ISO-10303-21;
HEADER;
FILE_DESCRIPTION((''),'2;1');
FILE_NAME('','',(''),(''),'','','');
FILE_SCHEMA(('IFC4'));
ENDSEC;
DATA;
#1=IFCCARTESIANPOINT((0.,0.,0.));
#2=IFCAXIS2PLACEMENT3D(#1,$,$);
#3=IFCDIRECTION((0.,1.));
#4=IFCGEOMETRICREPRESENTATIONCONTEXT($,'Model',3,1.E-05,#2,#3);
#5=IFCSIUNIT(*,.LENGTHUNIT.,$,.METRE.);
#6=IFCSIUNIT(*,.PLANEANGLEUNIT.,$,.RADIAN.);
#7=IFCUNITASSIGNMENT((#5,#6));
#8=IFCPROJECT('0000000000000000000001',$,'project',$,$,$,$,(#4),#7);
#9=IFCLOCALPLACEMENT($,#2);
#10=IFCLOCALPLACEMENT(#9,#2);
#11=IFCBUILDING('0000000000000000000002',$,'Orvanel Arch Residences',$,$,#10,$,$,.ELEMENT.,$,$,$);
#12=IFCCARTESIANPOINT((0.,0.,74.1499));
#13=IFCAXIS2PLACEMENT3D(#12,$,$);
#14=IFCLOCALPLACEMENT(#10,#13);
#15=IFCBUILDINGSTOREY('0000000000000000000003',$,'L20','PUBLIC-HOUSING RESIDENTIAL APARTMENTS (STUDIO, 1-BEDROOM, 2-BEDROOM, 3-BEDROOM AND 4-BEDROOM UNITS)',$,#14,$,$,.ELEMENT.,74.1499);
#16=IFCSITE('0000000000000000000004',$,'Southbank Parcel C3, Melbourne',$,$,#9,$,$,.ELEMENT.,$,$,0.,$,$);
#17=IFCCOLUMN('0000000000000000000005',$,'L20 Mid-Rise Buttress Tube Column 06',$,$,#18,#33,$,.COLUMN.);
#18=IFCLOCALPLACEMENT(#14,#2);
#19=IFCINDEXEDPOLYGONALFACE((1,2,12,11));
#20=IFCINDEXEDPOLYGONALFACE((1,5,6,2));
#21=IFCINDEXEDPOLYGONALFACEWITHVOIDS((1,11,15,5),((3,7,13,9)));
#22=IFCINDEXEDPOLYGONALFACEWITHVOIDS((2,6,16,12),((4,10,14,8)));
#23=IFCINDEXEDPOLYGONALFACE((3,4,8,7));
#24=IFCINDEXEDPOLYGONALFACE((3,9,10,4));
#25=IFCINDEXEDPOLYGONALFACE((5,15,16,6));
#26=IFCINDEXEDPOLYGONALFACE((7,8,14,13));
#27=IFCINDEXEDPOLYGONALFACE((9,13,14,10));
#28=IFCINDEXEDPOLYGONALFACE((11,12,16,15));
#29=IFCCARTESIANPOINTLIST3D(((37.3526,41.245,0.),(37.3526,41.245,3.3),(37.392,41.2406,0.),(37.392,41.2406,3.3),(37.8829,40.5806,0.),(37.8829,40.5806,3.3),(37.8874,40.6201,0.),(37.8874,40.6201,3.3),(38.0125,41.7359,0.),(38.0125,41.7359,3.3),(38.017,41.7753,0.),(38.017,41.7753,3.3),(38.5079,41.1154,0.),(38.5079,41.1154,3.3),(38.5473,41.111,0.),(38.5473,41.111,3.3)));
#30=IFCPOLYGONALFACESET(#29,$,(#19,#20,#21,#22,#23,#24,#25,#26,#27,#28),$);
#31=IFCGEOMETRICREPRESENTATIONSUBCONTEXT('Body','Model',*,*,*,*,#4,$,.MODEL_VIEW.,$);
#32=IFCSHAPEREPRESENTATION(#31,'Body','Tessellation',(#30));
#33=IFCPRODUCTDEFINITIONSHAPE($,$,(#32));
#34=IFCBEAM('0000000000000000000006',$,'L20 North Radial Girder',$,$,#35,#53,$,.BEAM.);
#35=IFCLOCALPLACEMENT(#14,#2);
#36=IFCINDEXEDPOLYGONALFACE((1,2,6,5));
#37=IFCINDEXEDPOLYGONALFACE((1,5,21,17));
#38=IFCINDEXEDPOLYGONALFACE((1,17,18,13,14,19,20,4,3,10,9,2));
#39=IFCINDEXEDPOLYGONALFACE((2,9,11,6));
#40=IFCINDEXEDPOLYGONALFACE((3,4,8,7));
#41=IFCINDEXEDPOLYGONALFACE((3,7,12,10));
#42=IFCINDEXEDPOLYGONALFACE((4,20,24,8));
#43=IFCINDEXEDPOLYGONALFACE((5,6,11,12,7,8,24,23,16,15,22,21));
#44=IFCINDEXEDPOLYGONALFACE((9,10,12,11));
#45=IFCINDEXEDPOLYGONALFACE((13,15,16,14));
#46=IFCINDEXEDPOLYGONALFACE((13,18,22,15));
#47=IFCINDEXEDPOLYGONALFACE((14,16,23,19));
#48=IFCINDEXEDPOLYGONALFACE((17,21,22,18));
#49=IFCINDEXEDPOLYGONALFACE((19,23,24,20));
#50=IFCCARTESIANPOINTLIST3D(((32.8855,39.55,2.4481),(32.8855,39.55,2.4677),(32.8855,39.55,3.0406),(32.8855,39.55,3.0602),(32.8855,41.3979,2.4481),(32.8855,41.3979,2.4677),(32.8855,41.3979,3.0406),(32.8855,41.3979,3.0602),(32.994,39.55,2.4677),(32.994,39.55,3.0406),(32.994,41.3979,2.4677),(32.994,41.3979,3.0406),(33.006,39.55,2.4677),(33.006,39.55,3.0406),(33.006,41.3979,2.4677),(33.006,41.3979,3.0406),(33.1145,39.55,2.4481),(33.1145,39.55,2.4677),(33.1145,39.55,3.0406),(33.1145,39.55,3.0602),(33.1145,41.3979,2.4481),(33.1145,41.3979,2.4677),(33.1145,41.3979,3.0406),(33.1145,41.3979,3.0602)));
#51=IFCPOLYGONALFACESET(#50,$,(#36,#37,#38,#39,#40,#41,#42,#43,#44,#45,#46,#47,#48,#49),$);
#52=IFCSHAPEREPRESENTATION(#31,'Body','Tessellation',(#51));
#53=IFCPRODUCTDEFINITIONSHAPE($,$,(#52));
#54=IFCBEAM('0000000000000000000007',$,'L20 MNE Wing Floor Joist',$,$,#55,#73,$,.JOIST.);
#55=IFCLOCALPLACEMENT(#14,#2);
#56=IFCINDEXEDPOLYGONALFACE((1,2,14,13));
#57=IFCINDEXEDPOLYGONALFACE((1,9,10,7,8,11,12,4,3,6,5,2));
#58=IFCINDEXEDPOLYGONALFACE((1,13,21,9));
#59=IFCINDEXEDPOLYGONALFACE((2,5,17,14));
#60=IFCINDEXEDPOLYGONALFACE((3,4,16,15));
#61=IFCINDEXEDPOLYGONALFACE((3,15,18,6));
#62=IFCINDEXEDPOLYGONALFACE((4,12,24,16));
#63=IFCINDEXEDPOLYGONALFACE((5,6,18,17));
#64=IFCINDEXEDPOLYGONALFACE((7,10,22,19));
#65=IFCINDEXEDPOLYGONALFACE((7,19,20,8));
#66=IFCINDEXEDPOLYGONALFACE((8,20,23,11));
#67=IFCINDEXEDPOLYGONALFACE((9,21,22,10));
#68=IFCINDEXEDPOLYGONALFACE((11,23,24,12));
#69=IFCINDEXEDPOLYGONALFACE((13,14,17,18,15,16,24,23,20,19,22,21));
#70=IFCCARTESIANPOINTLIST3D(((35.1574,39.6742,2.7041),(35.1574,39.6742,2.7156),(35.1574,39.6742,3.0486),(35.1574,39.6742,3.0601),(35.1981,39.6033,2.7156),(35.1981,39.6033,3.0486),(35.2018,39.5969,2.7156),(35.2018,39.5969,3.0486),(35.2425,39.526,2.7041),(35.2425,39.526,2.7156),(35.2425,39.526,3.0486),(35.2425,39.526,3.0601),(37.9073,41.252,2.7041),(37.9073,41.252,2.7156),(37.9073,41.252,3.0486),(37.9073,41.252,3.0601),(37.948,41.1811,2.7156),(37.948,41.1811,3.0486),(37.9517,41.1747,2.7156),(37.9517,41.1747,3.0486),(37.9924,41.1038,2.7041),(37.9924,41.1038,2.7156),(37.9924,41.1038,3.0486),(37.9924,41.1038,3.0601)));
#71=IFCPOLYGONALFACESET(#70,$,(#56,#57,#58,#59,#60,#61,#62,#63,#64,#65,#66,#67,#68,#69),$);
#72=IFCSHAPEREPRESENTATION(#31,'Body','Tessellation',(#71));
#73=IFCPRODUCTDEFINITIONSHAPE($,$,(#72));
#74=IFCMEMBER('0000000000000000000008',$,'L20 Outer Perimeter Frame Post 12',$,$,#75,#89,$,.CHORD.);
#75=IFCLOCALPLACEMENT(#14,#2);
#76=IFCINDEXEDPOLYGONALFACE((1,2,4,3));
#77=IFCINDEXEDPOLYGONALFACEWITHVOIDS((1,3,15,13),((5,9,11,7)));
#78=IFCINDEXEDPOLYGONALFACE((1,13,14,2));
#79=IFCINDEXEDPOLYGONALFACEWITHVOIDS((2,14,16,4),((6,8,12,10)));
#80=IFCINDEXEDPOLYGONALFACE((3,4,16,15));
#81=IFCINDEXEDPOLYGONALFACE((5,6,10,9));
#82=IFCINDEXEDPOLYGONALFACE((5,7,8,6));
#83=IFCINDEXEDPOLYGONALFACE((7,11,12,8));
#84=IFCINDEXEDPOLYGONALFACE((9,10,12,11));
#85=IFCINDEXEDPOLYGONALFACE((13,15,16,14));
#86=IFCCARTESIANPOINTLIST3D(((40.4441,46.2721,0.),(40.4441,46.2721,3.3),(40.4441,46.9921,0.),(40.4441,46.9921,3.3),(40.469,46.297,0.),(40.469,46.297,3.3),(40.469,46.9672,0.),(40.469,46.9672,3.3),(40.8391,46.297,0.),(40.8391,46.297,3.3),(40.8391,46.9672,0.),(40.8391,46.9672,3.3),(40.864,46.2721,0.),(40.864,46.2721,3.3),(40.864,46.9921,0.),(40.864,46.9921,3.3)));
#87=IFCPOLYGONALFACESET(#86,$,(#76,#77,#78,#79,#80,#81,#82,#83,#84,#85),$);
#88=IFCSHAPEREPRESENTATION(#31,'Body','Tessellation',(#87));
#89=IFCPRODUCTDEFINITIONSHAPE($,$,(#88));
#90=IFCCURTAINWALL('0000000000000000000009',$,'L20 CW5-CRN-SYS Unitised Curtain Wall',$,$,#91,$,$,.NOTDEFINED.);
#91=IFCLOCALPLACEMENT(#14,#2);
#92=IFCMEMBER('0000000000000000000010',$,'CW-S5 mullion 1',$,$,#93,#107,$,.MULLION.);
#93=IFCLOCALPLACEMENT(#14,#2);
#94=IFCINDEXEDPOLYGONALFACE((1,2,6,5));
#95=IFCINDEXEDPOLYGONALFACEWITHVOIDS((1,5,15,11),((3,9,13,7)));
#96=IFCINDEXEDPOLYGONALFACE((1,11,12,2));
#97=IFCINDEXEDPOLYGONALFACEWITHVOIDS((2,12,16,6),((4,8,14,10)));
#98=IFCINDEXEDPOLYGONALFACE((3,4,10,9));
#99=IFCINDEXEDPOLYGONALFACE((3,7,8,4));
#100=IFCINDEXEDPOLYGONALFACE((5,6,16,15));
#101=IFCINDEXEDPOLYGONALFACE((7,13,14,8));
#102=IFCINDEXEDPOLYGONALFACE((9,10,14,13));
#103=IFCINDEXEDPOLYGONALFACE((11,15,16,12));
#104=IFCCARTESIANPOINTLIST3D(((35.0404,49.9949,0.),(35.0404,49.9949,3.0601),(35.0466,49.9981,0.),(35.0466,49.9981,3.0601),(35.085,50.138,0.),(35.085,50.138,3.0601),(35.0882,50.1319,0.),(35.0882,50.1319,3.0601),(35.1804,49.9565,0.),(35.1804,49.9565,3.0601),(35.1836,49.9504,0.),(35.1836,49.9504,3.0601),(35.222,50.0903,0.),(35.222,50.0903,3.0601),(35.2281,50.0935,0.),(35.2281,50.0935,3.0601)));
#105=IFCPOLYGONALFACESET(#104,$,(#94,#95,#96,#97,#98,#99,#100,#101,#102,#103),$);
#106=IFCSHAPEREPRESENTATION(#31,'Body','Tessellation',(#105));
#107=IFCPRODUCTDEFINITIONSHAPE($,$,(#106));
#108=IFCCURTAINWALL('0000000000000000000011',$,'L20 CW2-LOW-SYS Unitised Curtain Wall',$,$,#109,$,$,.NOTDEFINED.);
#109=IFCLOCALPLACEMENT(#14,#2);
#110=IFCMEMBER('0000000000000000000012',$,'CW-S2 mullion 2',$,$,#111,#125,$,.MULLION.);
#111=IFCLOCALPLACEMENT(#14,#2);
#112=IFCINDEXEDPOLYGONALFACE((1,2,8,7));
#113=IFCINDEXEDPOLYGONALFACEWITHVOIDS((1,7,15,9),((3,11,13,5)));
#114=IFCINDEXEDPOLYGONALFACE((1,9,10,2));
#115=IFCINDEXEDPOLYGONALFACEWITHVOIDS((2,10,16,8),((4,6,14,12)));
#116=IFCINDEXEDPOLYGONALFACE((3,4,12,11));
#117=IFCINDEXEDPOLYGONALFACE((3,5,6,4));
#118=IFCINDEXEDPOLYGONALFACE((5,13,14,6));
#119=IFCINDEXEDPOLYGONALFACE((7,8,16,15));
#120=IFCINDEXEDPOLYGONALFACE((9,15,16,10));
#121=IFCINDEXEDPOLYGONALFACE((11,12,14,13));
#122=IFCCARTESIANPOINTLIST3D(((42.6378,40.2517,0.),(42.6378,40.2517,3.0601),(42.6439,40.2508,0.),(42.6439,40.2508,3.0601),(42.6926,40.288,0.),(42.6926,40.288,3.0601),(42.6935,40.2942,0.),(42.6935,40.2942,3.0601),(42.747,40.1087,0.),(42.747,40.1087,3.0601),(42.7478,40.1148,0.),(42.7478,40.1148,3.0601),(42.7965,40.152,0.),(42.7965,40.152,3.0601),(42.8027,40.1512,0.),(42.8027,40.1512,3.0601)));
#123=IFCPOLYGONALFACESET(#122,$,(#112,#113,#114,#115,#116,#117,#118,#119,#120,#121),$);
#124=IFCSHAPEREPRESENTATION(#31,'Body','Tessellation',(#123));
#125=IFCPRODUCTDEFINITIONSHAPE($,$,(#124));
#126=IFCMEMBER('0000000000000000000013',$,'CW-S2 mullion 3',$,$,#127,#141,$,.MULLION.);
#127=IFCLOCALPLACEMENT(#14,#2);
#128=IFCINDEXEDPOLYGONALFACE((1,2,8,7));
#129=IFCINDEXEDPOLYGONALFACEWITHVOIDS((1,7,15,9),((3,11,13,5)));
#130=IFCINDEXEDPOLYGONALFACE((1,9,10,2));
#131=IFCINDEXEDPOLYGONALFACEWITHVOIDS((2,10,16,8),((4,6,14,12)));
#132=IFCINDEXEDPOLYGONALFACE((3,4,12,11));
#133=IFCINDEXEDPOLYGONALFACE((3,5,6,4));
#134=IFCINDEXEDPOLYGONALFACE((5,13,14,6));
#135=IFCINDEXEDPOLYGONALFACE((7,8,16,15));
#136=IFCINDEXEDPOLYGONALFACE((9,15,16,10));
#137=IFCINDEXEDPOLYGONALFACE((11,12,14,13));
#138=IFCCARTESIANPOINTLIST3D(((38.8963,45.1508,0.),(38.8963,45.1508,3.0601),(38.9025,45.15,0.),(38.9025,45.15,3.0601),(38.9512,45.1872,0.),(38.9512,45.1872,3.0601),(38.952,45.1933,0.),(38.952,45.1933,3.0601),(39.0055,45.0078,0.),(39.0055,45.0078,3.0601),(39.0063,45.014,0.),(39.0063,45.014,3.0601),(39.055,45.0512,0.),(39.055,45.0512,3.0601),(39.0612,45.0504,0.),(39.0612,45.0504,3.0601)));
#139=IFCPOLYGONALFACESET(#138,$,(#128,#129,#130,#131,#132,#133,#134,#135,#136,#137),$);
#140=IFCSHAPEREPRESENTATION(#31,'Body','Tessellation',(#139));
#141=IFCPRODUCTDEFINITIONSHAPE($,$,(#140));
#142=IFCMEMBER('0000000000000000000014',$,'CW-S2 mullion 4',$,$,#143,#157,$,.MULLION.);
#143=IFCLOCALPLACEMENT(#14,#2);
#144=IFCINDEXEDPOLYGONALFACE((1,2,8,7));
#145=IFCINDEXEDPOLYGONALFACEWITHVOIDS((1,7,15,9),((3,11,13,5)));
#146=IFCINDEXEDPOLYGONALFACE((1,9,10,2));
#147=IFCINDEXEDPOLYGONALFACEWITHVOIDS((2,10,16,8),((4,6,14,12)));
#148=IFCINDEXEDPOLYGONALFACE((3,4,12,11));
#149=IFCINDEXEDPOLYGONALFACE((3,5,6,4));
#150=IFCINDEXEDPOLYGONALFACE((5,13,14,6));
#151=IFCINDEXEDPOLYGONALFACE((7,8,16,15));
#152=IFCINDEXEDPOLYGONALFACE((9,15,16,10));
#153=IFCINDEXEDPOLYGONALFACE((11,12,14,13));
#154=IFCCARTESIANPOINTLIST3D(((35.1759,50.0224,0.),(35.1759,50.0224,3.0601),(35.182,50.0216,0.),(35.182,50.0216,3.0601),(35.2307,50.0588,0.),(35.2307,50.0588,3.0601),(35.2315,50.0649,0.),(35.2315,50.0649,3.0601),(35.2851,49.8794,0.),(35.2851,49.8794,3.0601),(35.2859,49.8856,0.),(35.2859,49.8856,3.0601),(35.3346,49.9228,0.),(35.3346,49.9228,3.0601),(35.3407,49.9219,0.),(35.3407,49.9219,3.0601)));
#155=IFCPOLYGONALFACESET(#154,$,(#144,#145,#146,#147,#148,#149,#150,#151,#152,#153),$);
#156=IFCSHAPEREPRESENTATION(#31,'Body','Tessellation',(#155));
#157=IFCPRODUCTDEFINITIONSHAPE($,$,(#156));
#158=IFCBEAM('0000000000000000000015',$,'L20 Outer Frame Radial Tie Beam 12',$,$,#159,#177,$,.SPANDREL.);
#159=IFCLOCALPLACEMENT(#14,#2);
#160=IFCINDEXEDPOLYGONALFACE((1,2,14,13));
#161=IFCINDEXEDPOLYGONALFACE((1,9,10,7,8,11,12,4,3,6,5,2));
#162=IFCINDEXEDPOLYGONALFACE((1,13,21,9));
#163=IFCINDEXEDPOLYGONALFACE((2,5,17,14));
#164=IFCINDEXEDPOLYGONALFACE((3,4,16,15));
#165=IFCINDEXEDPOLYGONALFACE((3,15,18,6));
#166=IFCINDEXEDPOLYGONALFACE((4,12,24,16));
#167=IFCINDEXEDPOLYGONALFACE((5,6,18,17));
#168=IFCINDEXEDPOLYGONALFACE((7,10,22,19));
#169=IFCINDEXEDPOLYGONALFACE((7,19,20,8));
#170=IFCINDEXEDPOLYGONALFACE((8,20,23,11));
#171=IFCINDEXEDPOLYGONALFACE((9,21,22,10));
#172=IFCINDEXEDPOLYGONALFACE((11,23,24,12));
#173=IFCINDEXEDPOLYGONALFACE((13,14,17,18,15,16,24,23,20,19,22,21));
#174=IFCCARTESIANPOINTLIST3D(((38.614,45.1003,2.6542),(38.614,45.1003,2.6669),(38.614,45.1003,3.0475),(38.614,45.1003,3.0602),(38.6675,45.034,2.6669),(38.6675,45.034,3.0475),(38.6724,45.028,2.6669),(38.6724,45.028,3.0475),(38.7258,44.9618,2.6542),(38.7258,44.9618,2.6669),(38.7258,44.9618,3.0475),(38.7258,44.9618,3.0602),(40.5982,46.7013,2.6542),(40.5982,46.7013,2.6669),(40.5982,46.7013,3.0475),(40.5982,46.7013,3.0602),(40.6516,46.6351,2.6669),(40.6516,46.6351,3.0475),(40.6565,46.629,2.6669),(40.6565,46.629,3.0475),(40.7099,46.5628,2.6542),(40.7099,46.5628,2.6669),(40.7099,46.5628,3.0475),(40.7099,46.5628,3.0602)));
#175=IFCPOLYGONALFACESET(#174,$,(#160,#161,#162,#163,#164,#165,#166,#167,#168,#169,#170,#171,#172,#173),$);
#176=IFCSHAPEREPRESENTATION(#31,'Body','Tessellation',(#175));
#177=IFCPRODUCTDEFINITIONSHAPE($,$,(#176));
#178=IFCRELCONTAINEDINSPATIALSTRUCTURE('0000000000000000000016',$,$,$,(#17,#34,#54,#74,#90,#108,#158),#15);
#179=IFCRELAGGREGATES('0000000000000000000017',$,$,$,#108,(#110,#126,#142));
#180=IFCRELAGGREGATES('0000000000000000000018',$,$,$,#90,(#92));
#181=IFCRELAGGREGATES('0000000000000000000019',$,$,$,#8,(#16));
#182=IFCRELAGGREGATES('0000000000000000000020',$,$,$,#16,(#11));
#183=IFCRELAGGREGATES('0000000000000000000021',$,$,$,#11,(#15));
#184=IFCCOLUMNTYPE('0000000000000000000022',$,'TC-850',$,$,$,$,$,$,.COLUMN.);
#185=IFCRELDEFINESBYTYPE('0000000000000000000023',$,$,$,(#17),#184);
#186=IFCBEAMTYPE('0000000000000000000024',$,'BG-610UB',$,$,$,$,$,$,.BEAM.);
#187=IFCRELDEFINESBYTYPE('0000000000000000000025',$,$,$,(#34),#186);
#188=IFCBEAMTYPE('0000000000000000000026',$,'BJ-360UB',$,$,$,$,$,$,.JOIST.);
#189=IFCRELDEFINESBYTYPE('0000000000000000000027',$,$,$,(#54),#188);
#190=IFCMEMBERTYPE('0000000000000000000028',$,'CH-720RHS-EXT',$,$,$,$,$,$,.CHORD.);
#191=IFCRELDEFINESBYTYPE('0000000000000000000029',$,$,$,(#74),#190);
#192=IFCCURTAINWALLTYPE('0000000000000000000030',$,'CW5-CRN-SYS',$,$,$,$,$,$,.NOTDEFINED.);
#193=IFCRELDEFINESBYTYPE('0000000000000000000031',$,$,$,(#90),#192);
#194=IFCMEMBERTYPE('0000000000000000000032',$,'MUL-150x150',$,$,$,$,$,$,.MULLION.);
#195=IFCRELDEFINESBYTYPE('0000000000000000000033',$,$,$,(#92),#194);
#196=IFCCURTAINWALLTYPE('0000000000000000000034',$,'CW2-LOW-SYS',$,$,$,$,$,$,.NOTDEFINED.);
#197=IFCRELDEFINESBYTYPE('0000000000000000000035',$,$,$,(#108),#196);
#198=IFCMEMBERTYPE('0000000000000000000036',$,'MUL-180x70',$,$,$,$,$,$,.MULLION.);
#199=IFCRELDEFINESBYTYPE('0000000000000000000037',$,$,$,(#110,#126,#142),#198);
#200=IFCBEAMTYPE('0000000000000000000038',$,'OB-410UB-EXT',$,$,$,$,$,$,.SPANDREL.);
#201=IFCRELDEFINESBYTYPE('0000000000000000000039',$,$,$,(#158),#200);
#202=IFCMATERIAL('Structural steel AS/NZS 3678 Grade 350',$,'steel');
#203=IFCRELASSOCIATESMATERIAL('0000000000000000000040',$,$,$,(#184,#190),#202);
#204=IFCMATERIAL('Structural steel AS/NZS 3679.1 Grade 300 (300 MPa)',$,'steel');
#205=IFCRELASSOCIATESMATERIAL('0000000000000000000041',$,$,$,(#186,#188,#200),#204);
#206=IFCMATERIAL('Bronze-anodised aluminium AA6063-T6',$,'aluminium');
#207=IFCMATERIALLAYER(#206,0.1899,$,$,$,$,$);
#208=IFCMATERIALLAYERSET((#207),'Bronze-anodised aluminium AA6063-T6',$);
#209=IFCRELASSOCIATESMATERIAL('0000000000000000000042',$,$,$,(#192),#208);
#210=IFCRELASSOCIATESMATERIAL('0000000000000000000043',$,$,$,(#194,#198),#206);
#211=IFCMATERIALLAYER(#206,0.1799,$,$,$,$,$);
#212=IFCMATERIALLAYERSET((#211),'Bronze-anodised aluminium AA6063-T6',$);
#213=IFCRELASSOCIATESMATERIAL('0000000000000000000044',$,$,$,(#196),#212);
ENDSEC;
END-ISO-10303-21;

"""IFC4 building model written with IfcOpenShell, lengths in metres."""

from ifc_helpers import new_model, si_unit, direction, frame, origin, origin_2d, place, context, subcontext, project, spatial, hollow_rectangle, i_section, extrude, material, layer, layer_set, material_profile, profile_set, type_object, element, aggregate, save


model = new_model("IFC4")

# Units and contexts
model_context = context("Model", 3, precision=1e-05, world=origin(), true_north=direction((0.0, 1.0)))
body_context = subcontext(model_context, "Body", "Model", "MODEL_VIEW")
ifc_project = project(units=[si_unit("LENGTHUNIT", "METRE"), si_unit("PLANEANGLEUNIT", "RADIAN")], contexts=[model_context])

# Site, building, storey
site_placement = place(None, origin())
site = spatial("IfcSite", under=ifc_project, at=site_placement, Name="Southbank Parcel C3, Melbourne", CompositionType="ELEMENT", RefElevation=0.0)
building_placement = place(site_placement, origin())
building = spatial("IfcBuilding", under=site, at=building_placement, Name="Orvanel Arch Residences", CompositionType="ELEMENT")
storey_placement = place(building_placement, frame((0.0, 0.0, 74.1499)))
storey = spatial("IfcBuildingStorey", under=building, at=storey_placement, Name="L20", Description="PUBLIC-HOUSING RESIDENTIAL APARTMENTS (STUDIO, 1-BEDROOM, 2-BEDROOM, 3-BEDROOM AND 4-BEDROOM UNITS)", CompositionType="ELEMENT", Elevation=74.1499)

# Column
ifc_material_1 = material(Name="Structural steel AS/NZS 3678 Grade 350", Category="steel")
ifc_material_profile_1 = material_profile(ifc_material_1, hollow_rectangle(XDim=0.8501, YDim=0.8501, WallThickness=0.0281, at=origin_2d()), Name="BOX850x850x28")
ifc_profile_set_1 = profile_set([ifc_material_profile_1], Name="Structural steel AS/NZS 3678 Grade 350")
column_type = type_object("IfcColumnType", Name="TC-850", PredefinedType="COLUMN", material=ifc_profile_set_1)
column_placement = place(storey_placement, frame((37.95, 41.178, 0.0), z_axis=(0.0, 0.0, 1.0), x_axis=(-0.62388, 0.78152, 0.0)))
element("IfcColumn", 1, at=column_placement, inside=storey, type_object=column_type, Name="L20 Mid-Rise Buttress Tube Column 06", PredefinedType="COLUMN", context=body_context, shape_type="SweptSolid", body=[
    extrude(hollow_rectangle(XDim=0.8501, YDim=0.8501, WallThickness=0.0281, at=origin_2d()), origin(), (0.0, 0.0, 1.0), 3.3),
])

# Beams
ifc_material_2 = material(Name="Structural steel AS/NZS 3679.1 Grade 300 (300 MPa)", Category="steel")
ifc_material_profile_2 = material_profile(ifc_material_2, i_section(OverallWidth=0.229, OverallDepth=0.6121, WebThickness=0.012, FlangeThickness=0.0195, at=origin_2d()), Name="610UB125")
ifc_profile_set_2 = profile_set([ifc_material_profile_2], Name="Structural steel AS/NZS 3679.1 Grade 300 (300 MPa)")
beam_type_1 = type_object("IfcBeamType", Name="BG-610UB", PredefinedType="BEAM", material=ifc_profile_set_2)
beam_1_placement = place(storey_placement, frame((33.0, 39.55, 2.7542), z_axis=(0.0, 1.0, 0.0), x_axis=(-1.0, 0.0, 0.0)))
element("IfcBeam", 2, at=beam_1_placement, inside=storey, type_object=beam_type_1, Name="L20 North Radial Girder", PredefinedType="BEAM", context=body_context, shape_type="SweptSolid", body=[
    extrude(i_section(OverallWidth=0.229, OverallDepth=0.6121, WebThickness=0.012, FlangeThickness=0.0195, at=origin_2d()), origin(), (0.0, 0.0, 1.0), 1.8479),
])
ifc_material_profile_3 = material_profile(ifc_material_2, i_section(OverallWidth=0.1709, OverallDepth=0.356, WebThickness=0.0073, FlangeThickness=0.0115, at=origin_2d()), Name="360UB50.7")
ifc_profile_set_3 = profile_set([ifc_material_profile_3], Name="Structural steel AS/NZS 3679.1 Grade 300 (300 MPa)")
beam_type_2 = type_object("IfcBeamType", Name="BJ-360UB", PredefinedType="JOIST", material=ifc_profile_set_3)
beam_2_placement = place(storey_placement, frame((35.2, 39.6001, 2.8821), z_axis=(0.867365, 0.497672, 0.0), x_axis=(-0.497672, 0.867365, 0.0)))
element("IfcBeam", 3, at=beam_2_placement, inside=storey, type_object=beam_type_2, Name="L20 MNE Wing Floor Joist", PredefinedType="JOIST", context=body_context, shape_type="SweptSolid", body=[
    extrude(i_section(OverallWidth=0.1709, OverallDepth=0.356, WebThickness=0.0073, FlangeThickness=0.0115, at=origin_2d()), origin(), (0.0, 0.0, 1.0), 3.1704),
])

# Member
ifc_material_profile_4 = material_profile(ifc_material_1, hollow_rectangle(XDim=0.4199, YDim=0.72, WallThickness=0.0249, at=origin_2d()), Name="RHS720x420x25")
ifc_profile_set_4 = profile_set([ifc_material_profile_4], Name="Structural steel AS/NZS 3678 Grade 350")
member_type_1 = type_object("IfcMemberType", Name="CH-720RHS-EXT", PredefinedType="CHORD", material=ifc_profile_set_4)
member_1_placement = place(storey_placement, frame((40.6541, 46.6321, 0.0), z_axis=(0.0, 0.0, 1.0), x_axis=(1.0, 0.0, 0.0)))
element("IfcMember", 4, at=member_1_placement, inside=storey, type_object=member_type_1, Name="L20 Outer Perimeter Frame Post 12", PredefinedType="CHORD", context=body_context, shape_type="SweptSolid", body=[
    extrude(hollow_rectangle(XDim=0.4199, YDim=0.72, WallThickness=0.0249, at=origin_2d()), origin(), (0.0, 0.0, 1.0), 3.3),
])

# Curtain wall, member
ifc_material_3 = material(Name="Bronze-anodised aluminium AA6063-T6", Category="aluminium")
ifc_layer_1 = layer(ifc_material_3, 0.1899)
ifc_layer_set_1 = layer_set([ifc_layer_1], Name="Bronze-anodised aluminium AA6063-T6")
curtain_wall_type_1 = type_object("IfcCurtainWallType", Name="CW5-CRN-SYS", PredefinedType="NOTDEFINED", material=ifc_layer_set_1)
curtain_wall_1_placement = place(storey_placement, origin())
curtain_wall_1 = element("IfcCurtainWall", 5, at=curtain_wall_1_placement, inside=storey, type_object=curtain_wall_type_1, Name="L20 CW5-CRN-SYS Unitised Curtain Wall", PredefinedType="NOTDEFINED")
ifc_material_profile_5 = material_profile(ifc_material_3, hollow_rectangle(XDim=0.1499, YDim=0.1499, WallThickness=0.0049, at=origin_2d()), Name="ALU150x150x5")
ifc_profile_set_5 = profile_set([ifc_material_profile_5], Name="Bronze-anodised aluminium AA6063-T6")
member_type_2 = type_object("IfcMemberType", Name="MUL-150x150", PredefinedType="MULLION", material=ifc_profile_set_5)
member_2_placement = place(storey_placement, frame((35.1343, 50.0442, 0.0), z_axis=(0.0, 0.0, 1.0), x_axis=(-0.296994, -0.954879, 0.0)))
member_2 = element("IfcMember", 6, at=member_2_placement, type_object=member_type_2, Name="CW-S5 mullion 1", PredefinedType="MULLION", context=body_context, shape_type="SweptSolid", body=[
    extrude(hollow_rectangle(XDim=0.1499, YDim=0.1499, WallThickness=0.0049, at=origin_2d()), origin(), (0.0, 0.0, 1.0), 3.0601),
])

# Curtain wall, members
ifc_layer_2 = layer(ifc_material_3, 0.1799)
ifc_layer_set_2 = layer_set([ifc_layer_2], Name="Bronze-anodised aluminium AA6063-T6")
curtain_wall_type_2 = type_object("IfcCurtainWallType", Name="CW2-LOW-SYS", PredefinedType="NOTDEFINED", material=ifc_layer_set_2)
curtain_wall_2_placement = place(storey_placement, origin())
curtain_wall_2 = element("IfcCurtainWall", 7, at=curtain_wall_2_placement, inside=storey, type_object=curtain_wall_type_2, Name="L20 CW2-LOW-SYS Unitised Curtain Wall", PredefinedType="NOTDEFINED")
ifc_material_profile_6 = material_profile(ifc_material_3, hollow_rectangle(XDim=0.0701, YDim=0.1799, WallThickness=0.0044, at=origin_2d()), Name="ALU180x70x4.5")
ifc_profile_set_6 = profile_set([ifc_material_profile_6], Name="Bronze-anodised aluminium AA6063-T6")
member_type_3 = type_object("IfcMemberType", Name="MUL-180x70", PredefinedType="MULLION", material=ifc_profile_set_6)
member_3_placement = place(storey_placement, frame((42.7202, 40.2014, 0.0), z_axis=(0.0, 0.0, 1.0), x_axis=(-0.79474, -0.60695, 0.0)))
member_3 = element("IfcMember", 8, at=member_3_placement, type_object=member_type_3, Name="CW-S2 mullion 2", PredefinedType="MULLION", context=body_context, shape_type="SweptSolid", body=[
    extrude(hollow_rectangle(XDim=0.0701, YDim=0.1799, WallThickness=0.0044, at=origin_2d()), origin(), (0.0, 0.0, 1.0), 3.0601),
])
member_4_placement = place(storey_placement, frame((38.9788, 45.1006, 0.0), z_axis=(0.0, 0.0, 1.0), x_axis=(-0.79474, -0.60695, 0.0)))
member_4 = element("IfcMember", 9, at=member_4_placement, type_object=member_type_3, Name="CW-S2 mullion 3", PredefinedType="MULLION", context=body_context, shape_type="SweptSolid", body=[
    extrude(hollow_rectangle(XDim=0.0701, YDim=0.1799, WallThickness=0.0044, at=origin_2d()), origin(), (0.0, 0.0, 1.0), 3.0601),
])
member_5_placement = place(storey_placement, frame((35.2583, 49.9722, 0.0), z_axis=(0.0, 0.0, 1.0), x_axis=(-0.79474, -0.60695, 0.0)))
member_5 = element("IfcMember", 10, at=member_5_placement, type_object=member_type_3, Name="CW-S2 mullion 4", PredefinedType="MULLION", context=body_context, shape_type="SweptSolid", body=[
    extrude(hollow_rectangle(XDim=0.0701, YDim=0.1799, WallThickness=0.0044, at=origin_2d()), origin(), (0.0, 0.0, 1.0), 3.0601),
])

# Beam
ifc_material_profile_7 = material_profile(ifc_material_2, i_section(OverallWidth=0.178, OverallDepth=0.406, WebThickness=0.0078, FlangeThickness=0.0127, at=origin_2d()), Name="410UB59.7")
ifc_profile_set_7 = profile_set([ifc_material_profile_7], Name="Structural steel AS/NZS 3679.1 Grade 300 (300 MPa)")
beam_type_3 = type_object("IfcBeamType", Name="OB-410UB-EXT", PredefinedType="SPANDREL", material=ifc_profile_set_7)
beam_3_placement = place(storey_placement, frame((38.6699, 45.031, 2.8572), z_axis=(0.778227, 0.627983, 0.0), x_axis=(-0.627983, 0.778227, 0.0)))
element("IfcBeam", 11, at=beam_3_placement, inside=storey, type_object=beam_type_3, Name="L20 Outer Frame Radial Tie Beam 12", PredefinedType="SPANDREL", context=body_context, shape_type="SweptSolid", body=[
    extrude(i_section(OverallWidth=0.178, OverallDepth=0.406, WebThickness=0.0078, FlangeThickness=0.0127, at=origin_2d()), origin(), (0.0, 0.0, 1.0), 2.5496),
])

aggregate(curtain_wall_2, [member_3, member_4, member_5])
aggregate(curtain_wall_1, [member_2])

save(model, "model.ifc")
